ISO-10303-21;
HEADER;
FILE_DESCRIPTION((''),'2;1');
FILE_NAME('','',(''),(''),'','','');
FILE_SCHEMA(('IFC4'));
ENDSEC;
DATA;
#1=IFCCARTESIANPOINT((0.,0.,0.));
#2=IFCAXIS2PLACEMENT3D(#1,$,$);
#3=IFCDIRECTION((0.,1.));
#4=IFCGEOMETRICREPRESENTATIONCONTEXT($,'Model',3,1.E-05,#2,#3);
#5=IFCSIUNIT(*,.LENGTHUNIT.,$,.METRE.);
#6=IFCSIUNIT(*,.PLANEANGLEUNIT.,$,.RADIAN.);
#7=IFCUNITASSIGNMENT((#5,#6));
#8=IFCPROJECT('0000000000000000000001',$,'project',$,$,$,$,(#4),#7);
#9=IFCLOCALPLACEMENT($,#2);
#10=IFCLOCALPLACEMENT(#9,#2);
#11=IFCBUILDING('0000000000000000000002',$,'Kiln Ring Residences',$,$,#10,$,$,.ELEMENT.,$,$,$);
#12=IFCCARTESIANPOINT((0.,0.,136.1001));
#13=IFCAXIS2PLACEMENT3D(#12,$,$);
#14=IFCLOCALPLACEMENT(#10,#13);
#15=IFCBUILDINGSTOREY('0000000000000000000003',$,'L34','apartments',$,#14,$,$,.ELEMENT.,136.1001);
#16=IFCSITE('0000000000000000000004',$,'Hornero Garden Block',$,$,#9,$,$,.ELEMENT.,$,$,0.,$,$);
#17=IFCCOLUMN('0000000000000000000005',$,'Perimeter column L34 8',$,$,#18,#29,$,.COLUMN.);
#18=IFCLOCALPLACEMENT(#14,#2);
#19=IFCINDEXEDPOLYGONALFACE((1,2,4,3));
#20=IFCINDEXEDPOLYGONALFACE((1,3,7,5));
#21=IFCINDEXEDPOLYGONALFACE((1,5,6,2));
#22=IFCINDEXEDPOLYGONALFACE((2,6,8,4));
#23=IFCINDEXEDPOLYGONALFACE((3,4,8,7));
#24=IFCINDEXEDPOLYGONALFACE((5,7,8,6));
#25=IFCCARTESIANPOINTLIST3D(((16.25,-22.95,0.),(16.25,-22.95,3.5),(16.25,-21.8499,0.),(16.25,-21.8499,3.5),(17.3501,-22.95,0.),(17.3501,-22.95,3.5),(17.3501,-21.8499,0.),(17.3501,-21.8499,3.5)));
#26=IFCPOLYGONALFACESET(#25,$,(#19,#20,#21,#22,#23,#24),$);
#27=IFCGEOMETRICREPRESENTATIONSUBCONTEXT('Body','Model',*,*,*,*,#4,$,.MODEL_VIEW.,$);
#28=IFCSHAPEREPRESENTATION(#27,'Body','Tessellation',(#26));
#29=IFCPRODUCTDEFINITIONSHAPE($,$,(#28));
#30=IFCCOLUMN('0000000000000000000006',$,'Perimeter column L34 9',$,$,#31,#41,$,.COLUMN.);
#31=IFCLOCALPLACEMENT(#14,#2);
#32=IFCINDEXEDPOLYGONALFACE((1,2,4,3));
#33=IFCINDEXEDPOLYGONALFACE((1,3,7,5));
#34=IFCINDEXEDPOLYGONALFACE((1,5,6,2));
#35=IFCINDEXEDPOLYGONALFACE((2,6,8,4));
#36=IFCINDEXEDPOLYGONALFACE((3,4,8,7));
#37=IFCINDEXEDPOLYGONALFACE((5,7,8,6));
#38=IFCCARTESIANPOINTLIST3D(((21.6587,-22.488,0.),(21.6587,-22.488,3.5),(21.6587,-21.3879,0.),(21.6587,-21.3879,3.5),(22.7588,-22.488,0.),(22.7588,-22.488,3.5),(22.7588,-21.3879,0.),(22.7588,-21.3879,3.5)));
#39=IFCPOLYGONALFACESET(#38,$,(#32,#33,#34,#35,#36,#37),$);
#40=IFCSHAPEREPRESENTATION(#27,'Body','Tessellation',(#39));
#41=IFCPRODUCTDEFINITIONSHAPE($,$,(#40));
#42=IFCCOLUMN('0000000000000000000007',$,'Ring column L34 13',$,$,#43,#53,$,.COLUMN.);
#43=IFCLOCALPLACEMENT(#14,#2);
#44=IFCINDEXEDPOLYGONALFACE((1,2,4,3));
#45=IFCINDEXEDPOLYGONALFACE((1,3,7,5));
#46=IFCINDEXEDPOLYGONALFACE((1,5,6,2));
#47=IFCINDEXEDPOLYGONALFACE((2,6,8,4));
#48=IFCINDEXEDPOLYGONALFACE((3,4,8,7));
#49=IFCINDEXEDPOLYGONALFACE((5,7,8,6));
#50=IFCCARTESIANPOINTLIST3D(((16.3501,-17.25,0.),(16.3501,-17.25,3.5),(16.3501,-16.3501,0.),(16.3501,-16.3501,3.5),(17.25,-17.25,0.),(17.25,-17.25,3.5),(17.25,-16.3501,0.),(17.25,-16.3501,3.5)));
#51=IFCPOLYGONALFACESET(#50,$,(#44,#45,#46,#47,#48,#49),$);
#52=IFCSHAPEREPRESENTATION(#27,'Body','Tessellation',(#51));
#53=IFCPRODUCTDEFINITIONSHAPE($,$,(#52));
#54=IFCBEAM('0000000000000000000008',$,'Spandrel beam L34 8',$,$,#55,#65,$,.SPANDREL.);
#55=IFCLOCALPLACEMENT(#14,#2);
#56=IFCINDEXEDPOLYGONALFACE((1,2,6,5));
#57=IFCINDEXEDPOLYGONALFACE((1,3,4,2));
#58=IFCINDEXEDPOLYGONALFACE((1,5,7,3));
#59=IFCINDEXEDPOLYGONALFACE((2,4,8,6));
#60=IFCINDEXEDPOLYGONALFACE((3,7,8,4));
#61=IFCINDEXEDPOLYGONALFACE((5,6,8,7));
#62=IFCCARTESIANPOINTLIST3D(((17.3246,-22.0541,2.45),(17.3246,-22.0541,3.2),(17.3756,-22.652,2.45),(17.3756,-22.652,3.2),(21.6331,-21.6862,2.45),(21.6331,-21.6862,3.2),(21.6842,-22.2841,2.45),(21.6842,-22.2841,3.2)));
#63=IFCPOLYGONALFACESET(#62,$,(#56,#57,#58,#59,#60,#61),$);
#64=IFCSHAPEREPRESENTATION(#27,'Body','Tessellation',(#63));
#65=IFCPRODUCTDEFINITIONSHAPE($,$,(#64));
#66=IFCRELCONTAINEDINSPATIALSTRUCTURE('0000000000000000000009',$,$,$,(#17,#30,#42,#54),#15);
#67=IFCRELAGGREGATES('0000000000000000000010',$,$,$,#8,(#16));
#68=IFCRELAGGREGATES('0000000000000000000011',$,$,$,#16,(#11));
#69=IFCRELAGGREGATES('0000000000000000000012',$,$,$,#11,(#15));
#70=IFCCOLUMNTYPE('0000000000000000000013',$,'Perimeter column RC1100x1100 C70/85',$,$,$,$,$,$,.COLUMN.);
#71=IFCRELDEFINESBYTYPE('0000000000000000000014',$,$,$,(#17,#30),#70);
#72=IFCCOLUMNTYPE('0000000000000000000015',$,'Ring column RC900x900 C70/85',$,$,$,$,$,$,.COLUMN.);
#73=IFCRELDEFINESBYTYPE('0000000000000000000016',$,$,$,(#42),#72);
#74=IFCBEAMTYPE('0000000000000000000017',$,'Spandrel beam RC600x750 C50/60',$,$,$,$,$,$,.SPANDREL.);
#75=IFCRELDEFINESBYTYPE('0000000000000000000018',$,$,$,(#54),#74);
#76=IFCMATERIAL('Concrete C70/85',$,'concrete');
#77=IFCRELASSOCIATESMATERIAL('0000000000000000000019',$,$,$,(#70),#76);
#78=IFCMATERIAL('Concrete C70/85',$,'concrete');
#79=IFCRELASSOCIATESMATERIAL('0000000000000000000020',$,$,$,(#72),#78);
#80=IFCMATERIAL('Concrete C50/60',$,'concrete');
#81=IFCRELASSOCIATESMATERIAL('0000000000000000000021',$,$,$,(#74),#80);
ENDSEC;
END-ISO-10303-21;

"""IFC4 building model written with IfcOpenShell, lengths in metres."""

from ifc_helpers import new_model, si_unit, direction, frame, origin, origin_2d, place, context, subcontext, project, spatial, rectangle, extrude, material, material_profile, profile_set, type_object, element, save


model = new_model("IFC4")

# Units and contexts
model_context = context("Model", 3, precision=1e-05, world=origin(), true_north=direction((0.0, 1.0)))
body_context = subcontext(model_context, "Body", "Model", "MODEL_VIEW")
ifc_project = project(units=[si_unit("LENGTHUNIT", "METRE"), si_unit("PLANEANGLEUNIT", "RADIAN")], contexts=[model_context])

# Site, building, storey
site_placement = place(None, origin())
site = spatial("IfcSite", under=ifc_project, at=site_placement, Name="Hornero Garden Block", CompositionType="ELEMENT", RefElevation=0.0)
building_placement = place(site_placement, origin())
building = spatial("IfcBuilding", under=site, at=building_placement, Name="Kiln Ring Residences", CompositionType="ELEMENT")
storey_placement = place(building_placement, frame((0.0, 0.0, 136.1001)))
storey = spatial("IfcBuildingStorey", under=building, at=storey_placement, Name="L34", Description="apartments", CompositionType="ELEMENT", Elevation=136.1001)

# Columns
ifc_material_1 = material(Name="Concrete C70/85", Category="concrete")
ifc_material_profile_1 = material_profile(ifc_material_1, rectangle(XDim=1.1001, YDim=1.1001, at=origin_2d()), Name="RC1100x1100")
ifc_profile_set_1 = profile_set([ifc_material_profile_1], Name="Concrete C70/85")
column_type_1 = type_object("IfcColumnType", Name="Perimeter column RC1100x1100 C70/85", PredefinedType="COLUMN", material=ifc_profile_set_1)
for number, where, z_axis, x_axis, name in (
    (1, (16.8, -22.3999, 0.0), (0.0, 0.0, 1.0), (1.0, 0.0, 0.0), "Perimeter column L34 8"),
    (2, (22.2087, -21.938, 0.0), (0.0, 0.0, 1.0), (1.0, 0.0, 0.0), "Perimeter column L34 9"),
):
    element("IfcColumn", number, at=place(storey_placement, frame(where, z_axis=z_axis, x_axis=x_axis)), inside=storey, type_object=column_type_1, Name=name, PredefinedType="COLUMN", context=body_context, shape_type="SweptSolid", body=[
        extrude(rectangle(XDim=1.1001, YDim=1.1001, at=origin_2d()), origin(), (0.0, 0.0, 1.0), 3.5),
    ])
ifc_material_2 = material(Name="Concrete C70/85", Category="concrete")
ifc_material_profile_2 = material_profile(ifc_material_2, rectangle(XDim=0.8999, YDim=0.8999, at=origin_2d()), Name="RC900x900")
ifc_profile_set_2 = profile_set([ifc_material_profile_2], Name="Concrete C70/85")
column_type_2 = type_object("IfcColumnType", Name="Ring column RC900x900 C70/85", PredefinedType="COLUMN", material=ifc_profile_set_2)
column_placement = place(storey_placement, frame((16.8, -16.8, 0.0), z_axis=(0.0, 0.0, 1.0), x_axis=(1.0, 0.0, 0.0)))
element("IfcColumn", 3, at=column_placement, inside=storey, type_object=column_type_2, Name="Ring column L34 13", PredefinedType="COLUMN", context=body_context, shape_type="SweptSolid", body=[
    extrude(rectangle(XDim=0.8999, YDim=0.8999, at=origin_2d()), origin(), (0.0, 0.0, 1.0), 3.5),
])

# Beam
ifc_material_3 = material(Name="Concrete C50/60", Category="concrete")
ifc_material_profile_3 = material_profile(ifc_material_3, rectangle(XDim=0.6001, YDim=0.75, at=origin_2d()), Name="RC600x750")
ifc_profile_set_3 = profile_set([ifc_material_profile_3], Name="Concrete C50/60")
beam_type = type_object("IfcBeamType", Name="Spandrel beam RC600x750 C50/60", PredefinedType="SPANDREL", material=ifc_profile_set_3)
beam_placement = place(storey_placement, frame((17.3501, -22.353, 2.825), z_axis=(0.996374, 0.085082, 0.0), x_axis=(-0.085082, 0.996374, 0.0)))
element("IfcBeam", 4, at=beam_placement, inside=storey, type_object=beam_type, Name="Spandrel beam L34 8", PredefinedType="SPANDREL", context=body_context, shape_type="SweptSolid", body=[
    extrude(rectangle(XDim=0.6001, YDim=0.75, at=origin_2d()), origin(), (0.0, 0.0, 1.0), 4.3242),
])

save(model, "model.ifc")
